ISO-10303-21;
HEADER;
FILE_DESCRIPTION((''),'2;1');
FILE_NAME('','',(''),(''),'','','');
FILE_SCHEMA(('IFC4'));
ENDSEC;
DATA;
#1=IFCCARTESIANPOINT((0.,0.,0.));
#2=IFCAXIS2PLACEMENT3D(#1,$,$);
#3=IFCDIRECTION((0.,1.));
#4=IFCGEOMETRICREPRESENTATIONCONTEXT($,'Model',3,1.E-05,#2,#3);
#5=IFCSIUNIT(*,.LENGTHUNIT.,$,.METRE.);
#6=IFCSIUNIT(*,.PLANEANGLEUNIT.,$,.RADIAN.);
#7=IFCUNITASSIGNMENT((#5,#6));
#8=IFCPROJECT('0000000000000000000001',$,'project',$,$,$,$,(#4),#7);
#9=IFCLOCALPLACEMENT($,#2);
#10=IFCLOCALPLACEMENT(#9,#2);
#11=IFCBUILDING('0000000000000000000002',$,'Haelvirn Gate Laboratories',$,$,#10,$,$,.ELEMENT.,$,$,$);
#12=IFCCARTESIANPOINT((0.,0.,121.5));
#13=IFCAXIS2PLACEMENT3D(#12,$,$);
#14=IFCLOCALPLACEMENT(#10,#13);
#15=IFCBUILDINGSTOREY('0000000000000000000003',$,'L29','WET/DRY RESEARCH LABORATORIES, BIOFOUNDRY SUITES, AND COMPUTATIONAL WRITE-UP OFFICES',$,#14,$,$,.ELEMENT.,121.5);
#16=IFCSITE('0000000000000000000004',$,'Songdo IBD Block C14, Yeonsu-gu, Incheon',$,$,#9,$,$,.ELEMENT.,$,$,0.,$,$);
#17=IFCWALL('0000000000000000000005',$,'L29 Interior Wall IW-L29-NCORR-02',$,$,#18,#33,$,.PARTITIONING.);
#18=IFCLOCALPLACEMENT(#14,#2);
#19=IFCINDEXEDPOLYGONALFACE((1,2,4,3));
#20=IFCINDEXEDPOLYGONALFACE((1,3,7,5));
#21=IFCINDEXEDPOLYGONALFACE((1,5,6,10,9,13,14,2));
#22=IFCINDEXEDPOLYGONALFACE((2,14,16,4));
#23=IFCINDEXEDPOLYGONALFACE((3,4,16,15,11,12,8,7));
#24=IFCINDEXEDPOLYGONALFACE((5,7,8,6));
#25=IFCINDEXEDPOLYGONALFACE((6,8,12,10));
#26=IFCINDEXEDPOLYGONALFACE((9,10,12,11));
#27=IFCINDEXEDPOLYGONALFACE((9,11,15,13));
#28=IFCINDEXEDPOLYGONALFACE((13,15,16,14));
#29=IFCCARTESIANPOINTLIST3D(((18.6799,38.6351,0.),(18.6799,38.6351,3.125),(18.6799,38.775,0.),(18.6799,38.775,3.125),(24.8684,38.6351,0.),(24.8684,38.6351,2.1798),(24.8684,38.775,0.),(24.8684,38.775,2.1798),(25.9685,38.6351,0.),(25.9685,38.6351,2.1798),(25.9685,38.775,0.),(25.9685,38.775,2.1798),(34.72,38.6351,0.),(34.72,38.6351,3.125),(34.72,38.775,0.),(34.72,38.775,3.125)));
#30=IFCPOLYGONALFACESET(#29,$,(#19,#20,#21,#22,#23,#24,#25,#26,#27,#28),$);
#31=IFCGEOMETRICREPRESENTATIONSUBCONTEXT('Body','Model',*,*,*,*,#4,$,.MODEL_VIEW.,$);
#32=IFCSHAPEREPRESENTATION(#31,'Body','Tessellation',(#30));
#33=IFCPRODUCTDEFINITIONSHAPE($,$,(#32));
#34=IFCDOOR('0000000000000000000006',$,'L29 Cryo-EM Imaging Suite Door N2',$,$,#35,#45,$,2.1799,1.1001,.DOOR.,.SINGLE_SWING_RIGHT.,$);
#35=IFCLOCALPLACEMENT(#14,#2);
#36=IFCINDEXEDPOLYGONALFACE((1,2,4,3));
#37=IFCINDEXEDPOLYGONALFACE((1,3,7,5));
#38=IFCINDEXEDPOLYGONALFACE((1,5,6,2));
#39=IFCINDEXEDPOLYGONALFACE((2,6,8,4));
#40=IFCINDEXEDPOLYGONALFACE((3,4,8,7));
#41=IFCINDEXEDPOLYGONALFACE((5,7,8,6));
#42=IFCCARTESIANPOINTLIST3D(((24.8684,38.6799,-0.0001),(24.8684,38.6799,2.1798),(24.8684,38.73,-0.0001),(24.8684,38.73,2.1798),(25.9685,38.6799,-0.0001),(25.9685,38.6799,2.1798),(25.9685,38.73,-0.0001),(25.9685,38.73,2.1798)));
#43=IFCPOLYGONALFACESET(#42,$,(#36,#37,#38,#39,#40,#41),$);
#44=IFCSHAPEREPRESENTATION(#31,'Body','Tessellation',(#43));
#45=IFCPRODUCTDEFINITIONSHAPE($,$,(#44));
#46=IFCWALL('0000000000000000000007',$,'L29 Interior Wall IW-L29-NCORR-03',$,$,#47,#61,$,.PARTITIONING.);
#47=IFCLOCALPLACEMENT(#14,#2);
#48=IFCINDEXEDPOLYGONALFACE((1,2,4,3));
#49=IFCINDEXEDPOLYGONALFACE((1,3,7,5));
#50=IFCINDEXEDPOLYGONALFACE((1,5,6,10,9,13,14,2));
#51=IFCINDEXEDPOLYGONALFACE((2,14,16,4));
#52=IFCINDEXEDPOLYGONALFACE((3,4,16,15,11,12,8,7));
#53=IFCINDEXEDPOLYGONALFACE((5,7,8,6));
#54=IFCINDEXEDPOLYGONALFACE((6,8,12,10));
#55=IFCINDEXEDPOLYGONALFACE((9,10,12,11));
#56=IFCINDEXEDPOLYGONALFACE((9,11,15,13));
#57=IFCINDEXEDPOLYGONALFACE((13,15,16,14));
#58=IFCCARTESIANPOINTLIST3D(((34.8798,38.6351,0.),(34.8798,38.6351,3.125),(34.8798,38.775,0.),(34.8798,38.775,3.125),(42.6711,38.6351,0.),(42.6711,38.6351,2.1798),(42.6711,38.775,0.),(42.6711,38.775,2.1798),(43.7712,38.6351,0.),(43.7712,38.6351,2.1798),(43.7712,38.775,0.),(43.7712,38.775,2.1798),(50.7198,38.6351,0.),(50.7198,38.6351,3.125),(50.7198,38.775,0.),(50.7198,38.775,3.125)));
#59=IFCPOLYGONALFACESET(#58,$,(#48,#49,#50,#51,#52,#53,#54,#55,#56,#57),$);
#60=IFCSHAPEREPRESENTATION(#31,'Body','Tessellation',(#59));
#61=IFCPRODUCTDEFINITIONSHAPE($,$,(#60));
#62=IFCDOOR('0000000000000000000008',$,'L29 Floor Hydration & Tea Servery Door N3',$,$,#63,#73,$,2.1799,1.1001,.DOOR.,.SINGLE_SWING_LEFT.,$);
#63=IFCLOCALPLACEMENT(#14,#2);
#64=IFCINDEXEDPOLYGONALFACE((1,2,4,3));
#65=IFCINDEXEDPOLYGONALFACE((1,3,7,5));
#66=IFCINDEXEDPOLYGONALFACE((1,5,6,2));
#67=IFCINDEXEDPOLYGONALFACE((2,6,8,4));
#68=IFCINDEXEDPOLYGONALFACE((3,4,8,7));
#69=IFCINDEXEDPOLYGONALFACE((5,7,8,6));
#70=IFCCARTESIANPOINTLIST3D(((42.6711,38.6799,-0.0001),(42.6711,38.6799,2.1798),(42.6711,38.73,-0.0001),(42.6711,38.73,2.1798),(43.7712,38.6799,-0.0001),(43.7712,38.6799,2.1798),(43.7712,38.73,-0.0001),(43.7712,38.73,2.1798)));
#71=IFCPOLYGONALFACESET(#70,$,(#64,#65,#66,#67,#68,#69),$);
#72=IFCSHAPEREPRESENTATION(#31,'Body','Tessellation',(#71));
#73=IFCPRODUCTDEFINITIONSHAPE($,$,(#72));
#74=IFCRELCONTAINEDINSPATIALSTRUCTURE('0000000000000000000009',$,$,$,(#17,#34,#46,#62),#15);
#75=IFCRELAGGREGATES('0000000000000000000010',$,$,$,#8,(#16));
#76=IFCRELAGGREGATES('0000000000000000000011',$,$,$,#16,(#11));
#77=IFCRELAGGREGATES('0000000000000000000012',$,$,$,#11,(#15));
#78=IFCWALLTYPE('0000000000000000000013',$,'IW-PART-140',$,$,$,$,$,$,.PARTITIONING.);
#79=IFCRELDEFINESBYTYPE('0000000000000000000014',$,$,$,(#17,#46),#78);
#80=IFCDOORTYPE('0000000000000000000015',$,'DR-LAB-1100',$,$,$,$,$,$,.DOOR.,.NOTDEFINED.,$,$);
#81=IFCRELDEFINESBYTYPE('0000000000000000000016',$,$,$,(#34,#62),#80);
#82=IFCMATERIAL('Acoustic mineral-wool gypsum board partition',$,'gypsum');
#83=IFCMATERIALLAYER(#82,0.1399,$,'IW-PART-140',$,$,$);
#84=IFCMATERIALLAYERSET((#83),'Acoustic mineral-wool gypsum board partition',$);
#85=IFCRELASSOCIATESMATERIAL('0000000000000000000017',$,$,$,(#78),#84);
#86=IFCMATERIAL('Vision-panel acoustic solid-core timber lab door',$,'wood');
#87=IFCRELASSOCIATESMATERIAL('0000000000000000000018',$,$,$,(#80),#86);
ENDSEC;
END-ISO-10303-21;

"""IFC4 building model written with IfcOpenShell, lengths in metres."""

from ifc_helpers import new_model, si_unit, direction, frame, frame_2d, origin, place, context, subcontext, project, spatial, rectangle, extrude, source, transform, mapped, material, layer, layer_set, type_object, type_shapes, element, fill, save


model = new_model("IFC4")

# Units and contexts
model_context = context("Model", 3, precision=1e-05, world=origin(), true_north=direction((0.0, 1.0)))
body_context = subcontext(model_context, "Body", "Model", "MODEL_VIEW")
ifc_project = project(units=[si_unit("LENGTHUNIT", "METRE"), si_unit("PLANEANGLEUNIT", "RADIAN")], contexts=[model_context])

# Site, building, storey
site_placement = place(None, origin())
site = spatial("IfcSite", under=ifc_project, at=site_placement, Name="Songdo IBD Block C14, Yeonsu-gu, Incheon", CompositionType="ELEMENT", RefElevation=0.0)
building_placement = place(site_placement, origin())
building = spatial("IfcBuilding", under=site, at=building_placement, Name="Haelvirn Gate Laboratories", CompositionType="ELEMENT")
storey_placement = place(building_placement, frame((0.0, 0.0, 121.5)))
storey = spatial("IfcBuildingStorey", under=building, at=storey_placement, Name="L29", Description="WET/DRY RESEARCH LABORATORIES, BIOFOUNDRY SUITES, AND COMPUTATIONAL WRITE-UP OFFICES", CompositionType="ELEMENT", Elevation=121.5)

# Walls, openings, doors
ifc_material_1 = material(Name="Acoustic mineral-wool gypsum board partition", Category="gypsum")
ifc_layer_1 = layer(ifc_material_1, 0.1399, Name="IW-PART-140")
ifc_layer_set_1 = layer_set([ifc_layer_1], Name="Acoustic mineral-wool gypsum board partition")
wall_type_1 = type_object("IfcWallType", Name="IW-PART-140", PredefinedType="PARTITIONING", material=ifc_layer_set_1)
wall_1_placement = place(storey_placement, frame((18.6799, 38.7051, 0.0), z_axis=(0.0, 0.0, 1.0), x_axis=(1.0, 0.0, 0.0)))
wall_1 = element("IfcWall", 1, at=wall_1_placement, inside=storey, type_object=wall_type_1, Name="L29 Interior Wall IW-L29-NCORR-02", PredefinedType="PARTITIONING", context=body_context, shape_type="SweptSolid", body=[
    extrude(rectangle(XDim=16.04, YDim=0.1399, at=frame_2d((8.02, 0.0))), origin(), (0.0, 0.0, 1.0), 3.125),
])
opening_1_placement = place(wall_1_placement, frame((6.1885, 0.0, 0.0)))
opening_1 = element("IfcOpeningElement", 2, at=opening_1_placement, cuts=wall_1, PredefinedType="OPENING", context=body_context, shape_type="SweptSolid", body=[
    extrude(rectangle(XDim=1.1001, YDim=2.1799, at=frame_2d((0.55, 1.0898))), frame((0.0, 0.0801, 0.0), z_axis=(0.0, -1.0, 0.0), x_axis=(1.0, 0.0, 0.0)), (0.0, 0.0, 1.0), 0.1599),
])
ifc_material_2 = material(Name="Vision-panel acoustic solid-core timber lab door", Category="wood")
door_type = type_object("IfcDoorType", Name="DR-LAB-1100", OperationType="NOTDEFINED", PredefinedType="DOOR", material=ifc_material_2)
shared_shape_1 = source(origin(), body_context, "Body", "SweptSolid", [
    extrude(rectangle(XDim=1.1001, YDim=2.1799, at=frame_2d((0.55, 1.0898))), frame((0.0, 0.0249, 0.0), z_axis=(0.0, -1.0, 0.0), x_axis=(1.0, 0.0, 0.0)), (0.0, 0.0, 1.0), 0.05),
])
type_shapes(door_type, [shared_shape_1])
door_1_placement = place(opening_1_placement, origin())
door_1 = element("IfcDoor", 3, at=door_1_placement, inside=storey, type_object=door_type, Name="L29 Cryo-EM Imaging Suite Door N2", OperationType="SINGLE_SWING_RIGHT", OverallHeight=2.1799, OverallWidth=1.1001, PredefinedType="DOOR", context=body_context, shape_type="MappedRepresentation", body=[
    mapped(shared_shape_1, transform((0.0, 0.0, 0.0), scale=1.0)),
])
fill(opening_1, door_1)
wall_2_placement = place(storey_placement, frame((34.8799, 38.7051, 0.0), z_axis=(0.0, 0.0, 1.0), x_axis=(1.0, 0.0, 0.0)))
wall_2 = element("IfcWall", 4, at=wall_2_placement, inside=storey, type_object=wall_type_1, Name="L29 Interior Wall IW-L29-NCORR-03", PredefinedType="PARTITIONING", context=body_context, shape_type="SweptSolid", body=[
    extrude(rectangle(XDim=15.8401, YDim=0.1399, at=frame_2d((7.9199, 0.0))), origin(), (0.0, 0.0, 1.0), 3.125),
])
opening_2_placement = place(wall_2_placement, frame((7.7913, 0.0, 0.0)))
opening_2 = element("IfcOpeningElement", 5, at=opening_2_placement, cuts=wall_2, PredefinedType="OPENING", context=body_context, shape_type="SweptSolid", body=[
    extrude(rectangle(XDim=1.1001, YDim=2.1799, at=frame_2d((0.55, 1.0898))), frame((0.0, 0.0801, 0.0), z_axis=(0.0, -1.0, 0.0), x_axis=(1.0, 0.0, 0.0)), (0.0, 0.0, 1.0), 0.1599),
])
door_2_placement = place(opening_2_placement, origin())
door_2 = element("IfcDoor", 6, at=door_2_placement, inside=storey, type_object=door_type, Name="L29 Floor Hydration & Tea Servery Door N3", OperationType="SINGLE_SWING_LEFT", OverallHeight=2.1799, OverallWidth=1.1001, PredefinedType="DOOR", context=body_context, shape_type="MappedRepresentation", body=[
    mapped(shared_shape_1, transform((0.0, 0.0, 0.0), scale=1.0)),
])
fill(opening_2, door_2)

save(model, "model.ifc")
